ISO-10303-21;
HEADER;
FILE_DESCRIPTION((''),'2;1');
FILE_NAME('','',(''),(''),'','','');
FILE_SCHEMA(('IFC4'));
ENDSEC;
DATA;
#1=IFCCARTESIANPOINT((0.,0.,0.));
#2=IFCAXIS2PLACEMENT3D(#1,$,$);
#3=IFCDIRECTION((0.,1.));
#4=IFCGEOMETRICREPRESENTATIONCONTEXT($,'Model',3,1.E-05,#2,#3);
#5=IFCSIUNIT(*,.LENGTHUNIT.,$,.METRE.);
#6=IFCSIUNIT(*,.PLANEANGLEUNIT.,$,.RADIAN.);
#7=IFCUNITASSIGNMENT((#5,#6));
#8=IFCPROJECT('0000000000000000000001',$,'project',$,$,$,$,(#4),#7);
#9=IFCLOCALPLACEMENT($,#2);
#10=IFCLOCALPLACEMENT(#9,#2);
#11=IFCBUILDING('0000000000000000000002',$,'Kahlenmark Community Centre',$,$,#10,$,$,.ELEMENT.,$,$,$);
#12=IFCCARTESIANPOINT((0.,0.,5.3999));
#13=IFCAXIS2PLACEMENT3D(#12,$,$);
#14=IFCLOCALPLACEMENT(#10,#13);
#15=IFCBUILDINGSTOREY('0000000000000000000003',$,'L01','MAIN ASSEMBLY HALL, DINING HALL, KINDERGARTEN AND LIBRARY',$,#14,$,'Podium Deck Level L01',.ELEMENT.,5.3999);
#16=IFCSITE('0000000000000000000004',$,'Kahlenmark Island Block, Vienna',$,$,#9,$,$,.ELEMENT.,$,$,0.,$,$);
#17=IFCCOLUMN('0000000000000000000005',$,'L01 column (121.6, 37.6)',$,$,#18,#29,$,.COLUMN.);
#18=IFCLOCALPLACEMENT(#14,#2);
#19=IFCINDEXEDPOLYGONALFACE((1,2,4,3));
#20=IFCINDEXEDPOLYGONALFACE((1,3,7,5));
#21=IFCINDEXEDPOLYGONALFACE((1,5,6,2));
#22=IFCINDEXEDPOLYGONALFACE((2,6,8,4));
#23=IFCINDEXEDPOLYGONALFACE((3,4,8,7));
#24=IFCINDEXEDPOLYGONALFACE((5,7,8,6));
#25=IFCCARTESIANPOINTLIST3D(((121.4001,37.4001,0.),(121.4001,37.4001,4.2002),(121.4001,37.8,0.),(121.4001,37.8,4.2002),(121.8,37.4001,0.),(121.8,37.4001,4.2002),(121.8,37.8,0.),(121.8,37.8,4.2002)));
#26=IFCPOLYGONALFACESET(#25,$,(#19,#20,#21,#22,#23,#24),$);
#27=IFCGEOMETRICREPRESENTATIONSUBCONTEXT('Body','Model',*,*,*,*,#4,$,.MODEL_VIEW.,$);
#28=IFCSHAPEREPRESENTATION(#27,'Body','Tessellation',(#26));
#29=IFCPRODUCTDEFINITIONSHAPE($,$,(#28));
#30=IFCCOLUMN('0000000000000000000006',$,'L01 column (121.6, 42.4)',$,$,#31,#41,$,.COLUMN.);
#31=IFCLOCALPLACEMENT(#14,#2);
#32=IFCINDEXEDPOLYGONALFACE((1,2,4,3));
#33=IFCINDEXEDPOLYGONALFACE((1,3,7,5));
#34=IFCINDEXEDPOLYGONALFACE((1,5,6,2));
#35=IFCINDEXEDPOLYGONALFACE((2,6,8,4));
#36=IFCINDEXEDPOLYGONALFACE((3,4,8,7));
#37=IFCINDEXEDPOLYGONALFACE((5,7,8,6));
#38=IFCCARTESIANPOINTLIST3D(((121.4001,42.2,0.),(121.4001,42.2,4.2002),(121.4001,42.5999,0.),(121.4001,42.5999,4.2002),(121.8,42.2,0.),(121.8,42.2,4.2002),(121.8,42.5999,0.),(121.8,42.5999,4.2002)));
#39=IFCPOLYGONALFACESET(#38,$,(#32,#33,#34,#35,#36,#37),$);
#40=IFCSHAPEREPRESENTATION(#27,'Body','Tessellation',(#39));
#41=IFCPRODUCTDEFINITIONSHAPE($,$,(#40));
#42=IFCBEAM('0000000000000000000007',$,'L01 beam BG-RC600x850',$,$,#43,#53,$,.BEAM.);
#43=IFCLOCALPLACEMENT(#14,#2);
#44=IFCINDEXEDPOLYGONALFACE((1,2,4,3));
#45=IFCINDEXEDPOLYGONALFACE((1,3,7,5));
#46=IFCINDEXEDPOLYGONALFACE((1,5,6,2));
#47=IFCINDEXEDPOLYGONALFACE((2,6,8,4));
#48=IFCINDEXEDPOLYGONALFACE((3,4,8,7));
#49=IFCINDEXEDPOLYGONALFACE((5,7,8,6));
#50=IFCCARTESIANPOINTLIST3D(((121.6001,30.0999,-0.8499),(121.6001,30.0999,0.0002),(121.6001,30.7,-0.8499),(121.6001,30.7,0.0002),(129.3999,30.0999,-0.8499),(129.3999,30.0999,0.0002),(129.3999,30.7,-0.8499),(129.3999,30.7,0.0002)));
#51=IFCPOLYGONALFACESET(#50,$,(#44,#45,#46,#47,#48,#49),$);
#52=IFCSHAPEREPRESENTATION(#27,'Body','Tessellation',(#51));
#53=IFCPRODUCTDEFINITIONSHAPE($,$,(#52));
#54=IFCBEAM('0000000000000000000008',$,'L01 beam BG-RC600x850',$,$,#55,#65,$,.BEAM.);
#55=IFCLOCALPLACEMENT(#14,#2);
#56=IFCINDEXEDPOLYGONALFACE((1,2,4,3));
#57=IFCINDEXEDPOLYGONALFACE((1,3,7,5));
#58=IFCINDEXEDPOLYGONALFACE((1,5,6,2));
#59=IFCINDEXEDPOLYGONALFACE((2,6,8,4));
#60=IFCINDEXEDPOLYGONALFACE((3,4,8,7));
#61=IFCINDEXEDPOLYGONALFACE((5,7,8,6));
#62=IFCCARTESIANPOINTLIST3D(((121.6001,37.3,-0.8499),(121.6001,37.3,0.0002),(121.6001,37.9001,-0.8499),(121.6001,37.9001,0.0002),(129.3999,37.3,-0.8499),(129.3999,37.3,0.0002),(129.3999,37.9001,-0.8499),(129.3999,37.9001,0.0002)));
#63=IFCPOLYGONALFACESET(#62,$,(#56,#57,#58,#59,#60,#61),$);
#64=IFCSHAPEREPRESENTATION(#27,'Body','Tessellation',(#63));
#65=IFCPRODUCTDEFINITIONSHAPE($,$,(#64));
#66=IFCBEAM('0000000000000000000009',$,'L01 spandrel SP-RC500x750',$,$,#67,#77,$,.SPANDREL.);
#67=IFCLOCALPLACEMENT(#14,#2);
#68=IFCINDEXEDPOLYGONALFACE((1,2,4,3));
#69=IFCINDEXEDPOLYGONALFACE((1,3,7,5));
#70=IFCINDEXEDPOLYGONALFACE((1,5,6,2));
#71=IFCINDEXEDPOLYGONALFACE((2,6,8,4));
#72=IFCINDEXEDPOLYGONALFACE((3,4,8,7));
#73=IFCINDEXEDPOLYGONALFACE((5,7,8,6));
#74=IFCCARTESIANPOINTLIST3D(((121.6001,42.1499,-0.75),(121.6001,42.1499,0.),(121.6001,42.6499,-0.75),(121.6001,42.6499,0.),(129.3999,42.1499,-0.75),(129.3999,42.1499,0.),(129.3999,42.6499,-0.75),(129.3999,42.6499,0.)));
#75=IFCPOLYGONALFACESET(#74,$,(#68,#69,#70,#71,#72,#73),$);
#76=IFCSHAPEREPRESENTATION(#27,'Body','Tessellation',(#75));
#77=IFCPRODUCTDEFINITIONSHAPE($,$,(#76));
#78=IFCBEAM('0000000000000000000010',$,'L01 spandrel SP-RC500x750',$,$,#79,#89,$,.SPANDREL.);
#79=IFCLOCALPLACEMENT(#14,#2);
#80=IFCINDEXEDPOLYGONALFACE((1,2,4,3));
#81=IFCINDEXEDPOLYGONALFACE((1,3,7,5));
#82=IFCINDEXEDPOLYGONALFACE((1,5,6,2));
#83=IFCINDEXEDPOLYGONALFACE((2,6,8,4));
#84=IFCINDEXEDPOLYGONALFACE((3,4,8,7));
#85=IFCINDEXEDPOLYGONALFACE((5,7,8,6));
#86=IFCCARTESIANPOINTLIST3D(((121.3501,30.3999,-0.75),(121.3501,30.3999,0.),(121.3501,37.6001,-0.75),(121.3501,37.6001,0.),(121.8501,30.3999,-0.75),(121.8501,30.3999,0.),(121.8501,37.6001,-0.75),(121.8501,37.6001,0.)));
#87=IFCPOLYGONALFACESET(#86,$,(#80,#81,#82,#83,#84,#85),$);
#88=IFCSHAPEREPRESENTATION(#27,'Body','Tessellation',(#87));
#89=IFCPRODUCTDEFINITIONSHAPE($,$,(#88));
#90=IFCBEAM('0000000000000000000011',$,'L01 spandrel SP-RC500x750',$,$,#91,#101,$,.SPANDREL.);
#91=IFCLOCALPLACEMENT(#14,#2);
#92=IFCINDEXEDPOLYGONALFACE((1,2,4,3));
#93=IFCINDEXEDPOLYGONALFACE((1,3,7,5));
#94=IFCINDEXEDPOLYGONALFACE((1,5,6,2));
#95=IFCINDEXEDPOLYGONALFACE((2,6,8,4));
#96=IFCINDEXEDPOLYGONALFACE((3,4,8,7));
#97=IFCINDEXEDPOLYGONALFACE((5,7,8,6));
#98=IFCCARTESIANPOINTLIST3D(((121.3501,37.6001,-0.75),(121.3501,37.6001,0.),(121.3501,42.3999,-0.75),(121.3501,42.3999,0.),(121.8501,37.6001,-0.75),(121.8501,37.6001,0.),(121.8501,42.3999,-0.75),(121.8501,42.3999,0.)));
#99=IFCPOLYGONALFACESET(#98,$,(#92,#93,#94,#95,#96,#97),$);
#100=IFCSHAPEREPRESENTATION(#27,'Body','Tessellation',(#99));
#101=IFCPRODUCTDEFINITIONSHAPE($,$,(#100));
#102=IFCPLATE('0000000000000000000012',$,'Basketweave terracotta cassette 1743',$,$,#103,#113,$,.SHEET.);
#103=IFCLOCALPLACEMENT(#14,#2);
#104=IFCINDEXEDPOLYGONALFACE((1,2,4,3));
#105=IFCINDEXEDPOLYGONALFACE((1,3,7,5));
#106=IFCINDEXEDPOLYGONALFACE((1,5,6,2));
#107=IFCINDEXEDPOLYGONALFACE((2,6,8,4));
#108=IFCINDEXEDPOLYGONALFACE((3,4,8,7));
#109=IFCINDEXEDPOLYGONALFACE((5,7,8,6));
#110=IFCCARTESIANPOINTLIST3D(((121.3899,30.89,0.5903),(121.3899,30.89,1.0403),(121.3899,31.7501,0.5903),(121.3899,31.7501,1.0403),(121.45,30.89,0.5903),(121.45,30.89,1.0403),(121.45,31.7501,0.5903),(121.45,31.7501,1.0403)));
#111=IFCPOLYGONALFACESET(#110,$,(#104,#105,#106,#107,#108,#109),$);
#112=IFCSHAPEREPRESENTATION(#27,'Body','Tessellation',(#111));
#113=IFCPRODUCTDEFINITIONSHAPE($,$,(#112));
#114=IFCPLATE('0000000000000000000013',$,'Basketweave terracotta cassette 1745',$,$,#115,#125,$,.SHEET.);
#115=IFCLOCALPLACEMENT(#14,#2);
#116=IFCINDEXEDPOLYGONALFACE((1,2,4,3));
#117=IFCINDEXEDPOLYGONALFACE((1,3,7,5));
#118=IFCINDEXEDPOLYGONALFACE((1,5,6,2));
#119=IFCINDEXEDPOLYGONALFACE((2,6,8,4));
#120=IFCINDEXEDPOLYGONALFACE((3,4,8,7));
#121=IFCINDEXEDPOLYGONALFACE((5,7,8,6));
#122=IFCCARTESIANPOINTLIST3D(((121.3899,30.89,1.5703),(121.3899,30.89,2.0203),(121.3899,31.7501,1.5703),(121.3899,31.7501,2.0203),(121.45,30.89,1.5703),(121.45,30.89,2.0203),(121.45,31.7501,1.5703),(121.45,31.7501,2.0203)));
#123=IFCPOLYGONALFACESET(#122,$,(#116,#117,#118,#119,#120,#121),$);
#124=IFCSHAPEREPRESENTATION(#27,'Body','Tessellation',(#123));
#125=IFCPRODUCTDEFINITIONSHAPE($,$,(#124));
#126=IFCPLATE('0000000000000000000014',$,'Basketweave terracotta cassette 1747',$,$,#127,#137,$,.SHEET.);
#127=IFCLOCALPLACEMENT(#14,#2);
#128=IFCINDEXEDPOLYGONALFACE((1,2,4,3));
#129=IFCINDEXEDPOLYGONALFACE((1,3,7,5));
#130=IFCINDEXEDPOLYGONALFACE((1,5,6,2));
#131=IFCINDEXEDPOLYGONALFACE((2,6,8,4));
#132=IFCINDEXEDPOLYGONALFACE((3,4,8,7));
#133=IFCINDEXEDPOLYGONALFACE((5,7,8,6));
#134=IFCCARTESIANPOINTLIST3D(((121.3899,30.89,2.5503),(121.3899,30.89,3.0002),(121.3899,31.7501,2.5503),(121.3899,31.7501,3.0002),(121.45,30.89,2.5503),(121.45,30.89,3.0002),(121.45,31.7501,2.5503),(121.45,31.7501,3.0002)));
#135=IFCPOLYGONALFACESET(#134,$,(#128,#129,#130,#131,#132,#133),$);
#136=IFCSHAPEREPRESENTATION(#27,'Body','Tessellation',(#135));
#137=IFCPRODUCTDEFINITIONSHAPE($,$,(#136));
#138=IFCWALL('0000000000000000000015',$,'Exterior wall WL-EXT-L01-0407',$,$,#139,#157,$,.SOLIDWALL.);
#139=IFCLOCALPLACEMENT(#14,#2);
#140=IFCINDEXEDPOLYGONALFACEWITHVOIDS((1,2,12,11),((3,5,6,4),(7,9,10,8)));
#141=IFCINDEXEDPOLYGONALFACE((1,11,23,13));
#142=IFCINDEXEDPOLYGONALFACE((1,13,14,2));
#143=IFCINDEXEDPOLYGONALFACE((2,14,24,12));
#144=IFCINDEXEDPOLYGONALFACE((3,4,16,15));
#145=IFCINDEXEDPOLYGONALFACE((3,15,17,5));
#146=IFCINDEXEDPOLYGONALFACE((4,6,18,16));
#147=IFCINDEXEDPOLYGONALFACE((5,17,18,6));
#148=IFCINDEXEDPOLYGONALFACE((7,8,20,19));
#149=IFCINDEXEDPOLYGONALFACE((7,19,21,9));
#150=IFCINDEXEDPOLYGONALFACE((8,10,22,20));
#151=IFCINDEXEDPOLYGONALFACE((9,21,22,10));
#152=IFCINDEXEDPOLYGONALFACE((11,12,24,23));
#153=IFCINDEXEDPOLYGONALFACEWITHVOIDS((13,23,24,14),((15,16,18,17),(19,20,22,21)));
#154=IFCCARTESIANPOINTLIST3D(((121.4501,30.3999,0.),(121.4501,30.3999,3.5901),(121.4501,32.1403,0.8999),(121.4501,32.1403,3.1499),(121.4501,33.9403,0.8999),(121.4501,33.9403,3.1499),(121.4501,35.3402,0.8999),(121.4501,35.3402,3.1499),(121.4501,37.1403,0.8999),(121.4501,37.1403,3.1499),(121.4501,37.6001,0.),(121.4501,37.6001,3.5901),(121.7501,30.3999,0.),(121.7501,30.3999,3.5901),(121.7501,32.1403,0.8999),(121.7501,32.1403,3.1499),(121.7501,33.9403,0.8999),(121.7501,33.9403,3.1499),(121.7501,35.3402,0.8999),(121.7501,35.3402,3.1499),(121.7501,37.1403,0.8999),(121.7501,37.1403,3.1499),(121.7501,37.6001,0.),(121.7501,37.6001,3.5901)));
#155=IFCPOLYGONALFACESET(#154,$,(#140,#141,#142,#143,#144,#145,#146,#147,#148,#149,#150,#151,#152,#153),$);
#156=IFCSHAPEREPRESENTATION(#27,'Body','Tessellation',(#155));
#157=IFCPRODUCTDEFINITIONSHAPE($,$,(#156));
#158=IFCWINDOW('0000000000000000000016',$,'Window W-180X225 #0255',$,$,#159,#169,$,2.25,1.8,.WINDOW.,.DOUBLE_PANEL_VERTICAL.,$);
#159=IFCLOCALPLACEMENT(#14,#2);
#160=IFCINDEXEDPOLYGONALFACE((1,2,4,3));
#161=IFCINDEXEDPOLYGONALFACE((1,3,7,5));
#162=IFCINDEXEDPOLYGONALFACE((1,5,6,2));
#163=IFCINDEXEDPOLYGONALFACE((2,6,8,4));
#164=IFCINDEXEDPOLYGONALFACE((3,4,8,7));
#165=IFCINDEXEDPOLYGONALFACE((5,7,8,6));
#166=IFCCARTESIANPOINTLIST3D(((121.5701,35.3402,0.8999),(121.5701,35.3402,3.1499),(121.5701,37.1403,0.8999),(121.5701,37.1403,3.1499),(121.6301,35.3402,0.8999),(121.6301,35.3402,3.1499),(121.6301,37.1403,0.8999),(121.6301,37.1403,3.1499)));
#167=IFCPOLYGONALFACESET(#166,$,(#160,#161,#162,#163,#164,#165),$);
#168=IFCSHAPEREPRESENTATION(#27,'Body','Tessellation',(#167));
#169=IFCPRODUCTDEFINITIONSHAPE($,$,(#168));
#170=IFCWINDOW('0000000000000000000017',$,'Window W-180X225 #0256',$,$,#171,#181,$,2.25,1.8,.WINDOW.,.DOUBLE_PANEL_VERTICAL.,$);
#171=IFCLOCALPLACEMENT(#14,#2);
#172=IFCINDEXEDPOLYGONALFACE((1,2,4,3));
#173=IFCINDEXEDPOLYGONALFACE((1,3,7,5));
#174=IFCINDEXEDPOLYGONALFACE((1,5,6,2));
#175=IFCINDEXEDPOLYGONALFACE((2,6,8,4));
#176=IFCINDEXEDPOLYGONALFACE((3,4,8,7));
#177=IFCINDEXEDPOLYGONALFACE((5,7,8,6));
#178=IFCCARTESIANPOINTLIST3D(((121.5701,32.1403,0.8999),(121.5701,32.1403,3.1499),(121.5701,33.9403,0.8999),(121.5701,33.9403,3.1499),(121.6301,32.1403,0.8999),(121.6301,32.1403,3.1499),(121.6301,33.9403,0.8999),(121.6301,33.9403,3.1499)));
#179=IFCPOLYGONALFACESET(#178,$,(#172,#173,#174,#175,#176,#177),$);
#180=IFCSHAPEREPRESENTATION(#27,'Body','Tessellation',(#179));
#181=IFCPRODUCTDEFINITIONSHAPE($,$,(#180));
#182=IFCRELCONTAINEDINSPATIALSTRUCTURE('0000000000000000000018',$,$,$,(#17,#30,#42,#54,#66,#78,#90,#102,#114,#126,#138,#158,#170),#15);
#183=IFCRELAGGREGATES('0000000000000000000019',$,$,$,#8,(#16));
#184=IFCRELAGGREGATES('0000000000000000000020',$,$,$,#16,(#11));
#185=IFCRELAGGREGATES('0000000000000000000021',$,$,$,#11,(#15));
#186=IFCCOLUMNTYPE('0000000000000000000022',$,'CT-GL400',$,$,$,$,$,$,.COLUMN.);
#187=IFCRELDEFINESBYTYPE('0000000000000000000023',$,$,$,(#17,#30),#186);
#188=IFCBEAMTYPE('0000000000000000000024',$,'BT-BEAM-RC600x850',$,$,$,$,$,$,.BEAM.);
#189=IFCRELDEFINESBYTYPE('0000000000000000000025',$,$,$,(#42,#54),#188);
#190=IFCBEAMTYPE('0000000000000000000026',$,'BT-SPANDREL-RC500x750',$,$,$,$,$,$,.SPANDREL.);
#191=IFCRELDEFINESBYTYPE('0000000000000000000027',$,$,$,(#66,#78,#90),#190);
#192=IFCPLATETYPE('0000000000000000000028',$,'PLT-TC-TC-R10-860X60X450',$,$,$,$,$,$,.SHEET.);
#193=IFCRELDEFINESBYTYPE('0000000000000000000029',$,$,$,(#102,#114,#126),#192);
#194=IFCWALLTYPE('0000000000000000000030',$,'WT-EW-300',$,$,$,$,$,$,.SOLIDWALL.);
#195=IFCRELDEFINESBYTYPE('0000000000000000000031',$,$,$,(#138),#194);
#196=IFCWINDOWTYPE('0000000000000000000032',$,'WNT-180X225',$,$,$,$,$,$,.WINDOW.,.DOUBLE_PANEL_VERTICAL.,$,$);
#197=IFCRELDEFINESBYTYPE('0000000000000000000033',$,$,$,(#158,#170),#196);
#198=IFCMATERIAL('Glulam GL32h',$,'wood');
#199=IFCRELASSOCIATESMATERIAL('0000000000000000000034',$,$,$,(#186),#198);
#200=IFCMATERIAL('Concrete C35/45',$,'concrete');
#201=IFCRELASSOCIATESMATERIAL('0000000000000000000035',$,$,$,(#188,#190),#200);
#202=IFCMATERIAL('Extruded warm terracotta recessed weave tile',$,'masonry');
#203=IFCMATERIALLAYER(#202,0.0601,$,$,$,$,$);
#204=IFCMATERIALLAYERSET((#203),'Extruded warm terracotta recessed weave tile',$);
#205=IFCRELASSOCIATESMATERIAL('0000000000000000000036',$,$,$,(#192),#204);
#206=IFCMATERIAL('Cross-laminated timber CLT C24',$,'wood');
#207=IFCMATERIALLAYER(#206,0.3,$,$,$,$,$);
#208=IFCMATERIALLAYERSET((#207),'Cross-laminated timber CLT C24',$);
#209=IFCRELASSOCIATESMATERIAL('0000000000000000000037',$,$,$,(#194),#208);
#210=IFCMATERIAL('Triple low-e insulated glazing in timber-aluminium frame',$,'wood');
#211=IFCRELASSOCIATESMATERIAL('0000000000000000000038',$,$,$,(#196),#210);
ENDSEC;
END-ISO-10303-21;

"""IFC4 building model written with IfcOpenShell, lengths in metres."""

from ifc_helpers import new_model, si_unit, direction, frame, frame_2d, origin, origin_2d, place, context, subcontext, project, spatial, rectangle, extrude, material, layer, layer_set, material_profile, profile_set, type_object, element, fill, save


model = new_model("IFC4")

# Units and contexts
model_context = context("Model", 3, precision=1e-05, world=origin(), true_north=direction((0.0, 1.0)))
body_context = subcontext(model_context, "Body", "Model", "MODEL_VIEW")
ifc_project = project(units=[si_unit("LENGTHUNIT", "METRE"), si_unit("PLANEANGLEUNIT", "RADIAN")], contexts=[model_context])

# Site, building, storey
site_placement = place(None, origin())
site = spatial("IfcSite", under=ifc_project, at=site_placement, Name="Kahlenmark Island Block, Vienna", CompositionType="ELEMENT", RefElevation=0.0)
building_placement = place(site_placement, origin())
building = spatial("IfcBuilding", under=site, at=building_placement, Name="Kahlenmark Community Centre", CompositionType="ELEMENT")
storey_placement = place(building_placement, frame((0.0, 0.0, 5.3999)))
storey = spatial("IfcBuildingStorey", under=building, at=storey_placement, Name="L01", Description="MAIN ASSEMBLY HALL, DINING HALL, KINDERGARTEN AND LIBRARY", LongName="Podium Deck Level L01", CompositionType="ELEMENT", Elevation=5.3999)

# Columns
ifc_material_1 = material(Name="Glulam GL32h", Category="wood")
ifc_material_profile_1 = material_profile(ifc_material_1, rectangle(XDim=0.3999, YDim=0.3999, at=origin_2d()), Name="GL32h 400x400")
ifc_profile_set_1 = profile_set([ifc_material_profile_1], Name="Glulam GL32h")
column_type = type_object("IfcColumnType", Name="CT-GL400", PredefinedType="COLUMN", material=ifc_profile_set_1)
for number, where, z_axis, x_axis, name in (
    (1, (121.6001, 37.6001, 0.0), (0.0, 0.0, 1.0), (1.0, 0.0, 0.0), "L01 column (121.6, 37.6)"),
    (2, (121.6001, 42.3999, 0.0), (0.0, 0.0, 1.0), (1.0, 0.0, 0.0), "L01 column (121.6, 42.4)"),
):
    element("IfcColumn", number, at=place(storey_placement, frame(where, z_axis=z_axis, x_axis=x_axis)), inside=storey, type_object=column_type, Name=name, PredefinedType="COLUMN", context=body_context, shape_type="SweptSolid", body=[
        extrude(rectangle(XDim=0.3999, YDim=0.3999, at=origin_2d()), origin(), (0.0, 0.0, 1.0), 4.2002),
    ])

# Beams
ifc_material_2 = material(Name="Concrete C35/45", Category="concrete")
ifc_material_profile_2 = material_profile(ifc_material_2, rectangle(XDim=0.6001, YDim=0.8501, at=origin_2d()), Name="RC 600x850")
ifc_profile_set_2 = profile_set([ifc_material_profile_2], Name="Concrete C35/45")
beam_type_1 = type_object("IfcBeamType", Name="BT-BEAM-RC600x850", PredefinedType="BEAM", material=ifc_profile_set_2)
for number, where, z_axis, x_axis, name in (
    (3, (121.6001, 30.3999, -0.4248), (1.0, 0.0, 0.0), (0.0, 1.0, 0.0), "L01 beam BG-RC600x850"),
    (4, (121.6001, 37.6001, -0.4248), (1.0, 0.0, 0.0), (0.0, 1.0, 0.0), "L01 beam BG-RC600x850"),
):
    element("IfcBeam", number, at=place(storey_placement, frame(where, z_axis=z_axis, x_axis=x_axis)), inside=storey, type_object=beam_type_1, Name=name, PredefinedType="BEAM", context=body_context, shape_type="SweptSolid", body=[
        extrude(rectangle(XDim=0.6001, YDim=0.8501, at=origin_2d()), origin(), (0.0, 0.0, 1.0), 7.7998),
    ])
ifc_material_profile_3 = material_profile(ifc_material_2, rectangle(XDim=0.5, YDim=0.75, at=origin_2d()), Name="RC 500x750")
ifc_profile_set_3 = profile_set([ifc_material_profile_3], Name="Concrete C35/45")
beam_type_2 = type_object("IfcBeamType", Name="BT-SPANDREL-RC500x750", PredefinedType="SPANDREL", material=ifc_profile_set_3)
beam_1_placement = place(storey_placement, frame((121.6001, 42.3999, -0.375), z_axis=(1.0, 0.0, 0.0), x_axis=(0.0, 1.0, 0.0)))
element("IfcBeam", 5, at=beam_1_placement, inside=storey, type_object=beam_type_2, Name="L01 spandrel SP-RC500x750", PredefinedType="SPANDREL", context=body_context, shape_type="SweptSolid", body=[
    extrude(rectangle(XDim=0.5, YDim=0.75, at=origin_2d()), origin(), (0.0, 0.0, 1.0), 7.7998),
])
beam_2_placement = place(storey_placement, frame((121.6001, 30.3999, -0.375), z_axis=(0.0, 1.0, 0.0), x_axis=(-1.0, 0.0, 0.0)))
element("IfcBeam", 6, at=beam_2_placement, inside=storey, type_object=beam_type_2, Name="L01 spandrel SP-RC500x750", PredefinedType="SPANDREL", context=body_context, shape_type="SweptSolid", body=[
    extrude(rectangle(XDim=0.5, YDim=0.75, at=origin_2d()), origin(), (0.0, 0.0, 1.0), 7.2002),
])
beam_3_placement = place(storey_placement, frame((121.6001, 37.6001, -0.375), z_axis=(0.0, 1.0, 0.0), x_axis=(-1.0, 0.0, 0.0)))
element("IfcBeam", 7, at=beam_3_placement, inside=storey, type_object=beam_type_2, Name="L01 spandrel SP-RC500x750", PredefinedType="SPANDREL", context=body_context, shape_type="SweptSolid", body=[
    extrude(rectangle(XDim=0.5, YDim=0.75, at=origin_2d()), origin(), (0.0, 0.0, 1.0), 4.7998),
])

# Plates
ifc_material_3 = material(Name="Extruded warm terracotta recessed weave tile", Category="masonry")
ifc_layer_1 = layer(ifc_material_3, 0.0601)
ifc_layer_set_1 = layer_set([ifc_layer_1], Name="Extruded warm terracotta recessed weave tile")
plate_type = type_object("IfcPlateType", Name="PLT-TC-TC-R10-860X60X450", PredefinedType="SHEET", material=ifc_layer_set_1)
for number, where, z_axis, x_axis, name in (
    (8, (121.4199, 31.3201, 0.5903), (0.0, 0.0, 1.0), (0.0, -1.0, 0.0), "Basketweave terracotta cassette 1743"),
    (9, (121.4199, 31.3201, 1.5703), (0.0, 0.0, 1.0), (0.0, -1.0, 0.0), "Basketweave terracotta cassette 1745"),
    (10, (121.4199, 31.3201, 2.5503), (0.0, 0.0, 1.0), (0.0, -1.0, 0.0), "Basketweave terracotta cassette 1747"),
):
    element("IfcPlate", number, at=place(storey_placement, frame(where, z_axis=z_axis, x_axis=x_axis)), inside=storey, type_object=plate_type, Name=name, PredefinedType="SHEET", context=body_context, shape_type="SweptSolid", body=[
        extrude(rectangle(XDim=0.8601, YDim=0.0601, at=origin_2d()), origin(), (0.0, 0.0, 1.0), 0.45),
    ])

# Wall, openings, windows
ifc_material_4 = material(Name="Cross-laminated timber CLT C24", Category="wood")
ifc_layer_2 = layer(ifc_material_4, 0.3)
ifc_layer_set_2 = layer_set([ifc_layer_2], Name="Cross-laminated timber CLT C24")
wall_type = type_object("IfcWallType", Name="WT-EW-300", PredefinedType="SOLIDWALL", material=ifc_layer_set_2)
wall_1_placement = place(storey_placement, frame((121.6001, 37.6001, 0.0), z_axis=(0.0, 0.0, 1.0), x_axis=(0.0, -1.0, 0.0)))
wall_1 = element("IfcWall", 11, at=wall_1_placement, inside=storey, type_object=wall_type, Name="Exterior wall WL-EXT-L01-0407", PredefinedType="SOLIDWALL", context=body_context, shape_type="SweptSolid", body=[
    extrude(rectangle(XDim=7.2002, YDim=0.3, at=frame_2d((3.6001, 0.0))), origin(), (0.0, 0.0, 1.0), 3.5901),
])
opening_1_placement = place(wall_1_placement, frame((0.46, 0.0, 0.8999)))
opening_1 = element("IfcOpeningElement", 12, at=opening_1_placement, cuts=wall_1, PredefinedType="OPENING", context=body_context, shape_type="SweptSolid", body=[
    extrude(rectangle(XDim=1.8, YDim=2.25, at=frame_2d((0.8999, 1.125))), frame((0.0, 0.1599, 0.0), z_axis=(0.0, -1.0, 0.0), x_axis=(1.0, 0.0, 0.0)), (0.0, 0.0, 1.0), 0.3201),
])
opening_2_placement = place(wall_1_placement, frame((3.6599, 0.0, 0.8999)))
opening_2 = element("IfcOpeningElement", 13, at=opening_2_placement, cuts=wall_1, PredefinedType="OPENING", context=body_context, shape_type="SweptSolid", body=[
    extrude(rectangle(XDim=1.8, YDim=2.25, at=frame_2d((0.8999, 1.125))), frame((0.0, 0.1599, 0.0), z_axis=(0.0, -1.0, 0.0), x_axis=(1.0, 0.0, 0.0)), (0.0, 0.0, 1.0), 0.3201),
])
ifc_material_5 = material(Name="Triple low-e insulated glazing in timber-aluminium frame", Category="wood")
window_type = type_object("IfcWindowType", Name="WNT-180X225", PartitioningType="DOUBLE_PANEL_VERTICAL", PredefinedType="WINDOW", material=ifc_material_5)
window_1_placement = place(opening_1_placement, origin())
window_1 = element("IfcWindow", 14, at=window_1_placement, inside=storey, type_object=window_type, Name="Window W-180X225 #0255", OverallHeight=2.25, OverallWidth=1.8, PartitioningType="DOUBLE_PANEL_VERTICAL", PredefinedType="WINDOW", context=body_context, shape_type="SweptSolid", body=[
    extrude(rectangle(XDim=1.8, YDim=2.25, at=frame_2d((0.8999, 1.125))), frame((0.0, 0.03, 0.0), z_axis=(0.0, -1.0, 0.0), x_axis=(1.0, 0.0, 0.0)), (0.0, 0.0, 1.0), 0.0601),
])
fill(opening_1, window_1)
window_2_placement = place(opening_2_placement, origin())
window_2 = element("IfcWindow", 15, at=window_2_placement, inside=storey, type_object=window_type, Name="Window W-180X225 #0256", OverallHeight=2.25, OverallWidth=1.8, PartitioningType="DOUBLE_PANEL_VERTICAL", PredefinedType="WINDOW", context=body_context, shape_type="SweptSolid", body=[
    extrude(rectangle(XDim=1.8, YDim=2.25, at=frame_2d((0.8999, 1.125))), frame((0.0, 0.03, 0.0), z_axis=(0.0, -1.0, 0.0), x_axis=(1.0, 0.0, 0.0)), (0.0, 0.0, 1.0), 0.0601),
])
fill(opening_2, window_2)

save(model, "model.ifc")
